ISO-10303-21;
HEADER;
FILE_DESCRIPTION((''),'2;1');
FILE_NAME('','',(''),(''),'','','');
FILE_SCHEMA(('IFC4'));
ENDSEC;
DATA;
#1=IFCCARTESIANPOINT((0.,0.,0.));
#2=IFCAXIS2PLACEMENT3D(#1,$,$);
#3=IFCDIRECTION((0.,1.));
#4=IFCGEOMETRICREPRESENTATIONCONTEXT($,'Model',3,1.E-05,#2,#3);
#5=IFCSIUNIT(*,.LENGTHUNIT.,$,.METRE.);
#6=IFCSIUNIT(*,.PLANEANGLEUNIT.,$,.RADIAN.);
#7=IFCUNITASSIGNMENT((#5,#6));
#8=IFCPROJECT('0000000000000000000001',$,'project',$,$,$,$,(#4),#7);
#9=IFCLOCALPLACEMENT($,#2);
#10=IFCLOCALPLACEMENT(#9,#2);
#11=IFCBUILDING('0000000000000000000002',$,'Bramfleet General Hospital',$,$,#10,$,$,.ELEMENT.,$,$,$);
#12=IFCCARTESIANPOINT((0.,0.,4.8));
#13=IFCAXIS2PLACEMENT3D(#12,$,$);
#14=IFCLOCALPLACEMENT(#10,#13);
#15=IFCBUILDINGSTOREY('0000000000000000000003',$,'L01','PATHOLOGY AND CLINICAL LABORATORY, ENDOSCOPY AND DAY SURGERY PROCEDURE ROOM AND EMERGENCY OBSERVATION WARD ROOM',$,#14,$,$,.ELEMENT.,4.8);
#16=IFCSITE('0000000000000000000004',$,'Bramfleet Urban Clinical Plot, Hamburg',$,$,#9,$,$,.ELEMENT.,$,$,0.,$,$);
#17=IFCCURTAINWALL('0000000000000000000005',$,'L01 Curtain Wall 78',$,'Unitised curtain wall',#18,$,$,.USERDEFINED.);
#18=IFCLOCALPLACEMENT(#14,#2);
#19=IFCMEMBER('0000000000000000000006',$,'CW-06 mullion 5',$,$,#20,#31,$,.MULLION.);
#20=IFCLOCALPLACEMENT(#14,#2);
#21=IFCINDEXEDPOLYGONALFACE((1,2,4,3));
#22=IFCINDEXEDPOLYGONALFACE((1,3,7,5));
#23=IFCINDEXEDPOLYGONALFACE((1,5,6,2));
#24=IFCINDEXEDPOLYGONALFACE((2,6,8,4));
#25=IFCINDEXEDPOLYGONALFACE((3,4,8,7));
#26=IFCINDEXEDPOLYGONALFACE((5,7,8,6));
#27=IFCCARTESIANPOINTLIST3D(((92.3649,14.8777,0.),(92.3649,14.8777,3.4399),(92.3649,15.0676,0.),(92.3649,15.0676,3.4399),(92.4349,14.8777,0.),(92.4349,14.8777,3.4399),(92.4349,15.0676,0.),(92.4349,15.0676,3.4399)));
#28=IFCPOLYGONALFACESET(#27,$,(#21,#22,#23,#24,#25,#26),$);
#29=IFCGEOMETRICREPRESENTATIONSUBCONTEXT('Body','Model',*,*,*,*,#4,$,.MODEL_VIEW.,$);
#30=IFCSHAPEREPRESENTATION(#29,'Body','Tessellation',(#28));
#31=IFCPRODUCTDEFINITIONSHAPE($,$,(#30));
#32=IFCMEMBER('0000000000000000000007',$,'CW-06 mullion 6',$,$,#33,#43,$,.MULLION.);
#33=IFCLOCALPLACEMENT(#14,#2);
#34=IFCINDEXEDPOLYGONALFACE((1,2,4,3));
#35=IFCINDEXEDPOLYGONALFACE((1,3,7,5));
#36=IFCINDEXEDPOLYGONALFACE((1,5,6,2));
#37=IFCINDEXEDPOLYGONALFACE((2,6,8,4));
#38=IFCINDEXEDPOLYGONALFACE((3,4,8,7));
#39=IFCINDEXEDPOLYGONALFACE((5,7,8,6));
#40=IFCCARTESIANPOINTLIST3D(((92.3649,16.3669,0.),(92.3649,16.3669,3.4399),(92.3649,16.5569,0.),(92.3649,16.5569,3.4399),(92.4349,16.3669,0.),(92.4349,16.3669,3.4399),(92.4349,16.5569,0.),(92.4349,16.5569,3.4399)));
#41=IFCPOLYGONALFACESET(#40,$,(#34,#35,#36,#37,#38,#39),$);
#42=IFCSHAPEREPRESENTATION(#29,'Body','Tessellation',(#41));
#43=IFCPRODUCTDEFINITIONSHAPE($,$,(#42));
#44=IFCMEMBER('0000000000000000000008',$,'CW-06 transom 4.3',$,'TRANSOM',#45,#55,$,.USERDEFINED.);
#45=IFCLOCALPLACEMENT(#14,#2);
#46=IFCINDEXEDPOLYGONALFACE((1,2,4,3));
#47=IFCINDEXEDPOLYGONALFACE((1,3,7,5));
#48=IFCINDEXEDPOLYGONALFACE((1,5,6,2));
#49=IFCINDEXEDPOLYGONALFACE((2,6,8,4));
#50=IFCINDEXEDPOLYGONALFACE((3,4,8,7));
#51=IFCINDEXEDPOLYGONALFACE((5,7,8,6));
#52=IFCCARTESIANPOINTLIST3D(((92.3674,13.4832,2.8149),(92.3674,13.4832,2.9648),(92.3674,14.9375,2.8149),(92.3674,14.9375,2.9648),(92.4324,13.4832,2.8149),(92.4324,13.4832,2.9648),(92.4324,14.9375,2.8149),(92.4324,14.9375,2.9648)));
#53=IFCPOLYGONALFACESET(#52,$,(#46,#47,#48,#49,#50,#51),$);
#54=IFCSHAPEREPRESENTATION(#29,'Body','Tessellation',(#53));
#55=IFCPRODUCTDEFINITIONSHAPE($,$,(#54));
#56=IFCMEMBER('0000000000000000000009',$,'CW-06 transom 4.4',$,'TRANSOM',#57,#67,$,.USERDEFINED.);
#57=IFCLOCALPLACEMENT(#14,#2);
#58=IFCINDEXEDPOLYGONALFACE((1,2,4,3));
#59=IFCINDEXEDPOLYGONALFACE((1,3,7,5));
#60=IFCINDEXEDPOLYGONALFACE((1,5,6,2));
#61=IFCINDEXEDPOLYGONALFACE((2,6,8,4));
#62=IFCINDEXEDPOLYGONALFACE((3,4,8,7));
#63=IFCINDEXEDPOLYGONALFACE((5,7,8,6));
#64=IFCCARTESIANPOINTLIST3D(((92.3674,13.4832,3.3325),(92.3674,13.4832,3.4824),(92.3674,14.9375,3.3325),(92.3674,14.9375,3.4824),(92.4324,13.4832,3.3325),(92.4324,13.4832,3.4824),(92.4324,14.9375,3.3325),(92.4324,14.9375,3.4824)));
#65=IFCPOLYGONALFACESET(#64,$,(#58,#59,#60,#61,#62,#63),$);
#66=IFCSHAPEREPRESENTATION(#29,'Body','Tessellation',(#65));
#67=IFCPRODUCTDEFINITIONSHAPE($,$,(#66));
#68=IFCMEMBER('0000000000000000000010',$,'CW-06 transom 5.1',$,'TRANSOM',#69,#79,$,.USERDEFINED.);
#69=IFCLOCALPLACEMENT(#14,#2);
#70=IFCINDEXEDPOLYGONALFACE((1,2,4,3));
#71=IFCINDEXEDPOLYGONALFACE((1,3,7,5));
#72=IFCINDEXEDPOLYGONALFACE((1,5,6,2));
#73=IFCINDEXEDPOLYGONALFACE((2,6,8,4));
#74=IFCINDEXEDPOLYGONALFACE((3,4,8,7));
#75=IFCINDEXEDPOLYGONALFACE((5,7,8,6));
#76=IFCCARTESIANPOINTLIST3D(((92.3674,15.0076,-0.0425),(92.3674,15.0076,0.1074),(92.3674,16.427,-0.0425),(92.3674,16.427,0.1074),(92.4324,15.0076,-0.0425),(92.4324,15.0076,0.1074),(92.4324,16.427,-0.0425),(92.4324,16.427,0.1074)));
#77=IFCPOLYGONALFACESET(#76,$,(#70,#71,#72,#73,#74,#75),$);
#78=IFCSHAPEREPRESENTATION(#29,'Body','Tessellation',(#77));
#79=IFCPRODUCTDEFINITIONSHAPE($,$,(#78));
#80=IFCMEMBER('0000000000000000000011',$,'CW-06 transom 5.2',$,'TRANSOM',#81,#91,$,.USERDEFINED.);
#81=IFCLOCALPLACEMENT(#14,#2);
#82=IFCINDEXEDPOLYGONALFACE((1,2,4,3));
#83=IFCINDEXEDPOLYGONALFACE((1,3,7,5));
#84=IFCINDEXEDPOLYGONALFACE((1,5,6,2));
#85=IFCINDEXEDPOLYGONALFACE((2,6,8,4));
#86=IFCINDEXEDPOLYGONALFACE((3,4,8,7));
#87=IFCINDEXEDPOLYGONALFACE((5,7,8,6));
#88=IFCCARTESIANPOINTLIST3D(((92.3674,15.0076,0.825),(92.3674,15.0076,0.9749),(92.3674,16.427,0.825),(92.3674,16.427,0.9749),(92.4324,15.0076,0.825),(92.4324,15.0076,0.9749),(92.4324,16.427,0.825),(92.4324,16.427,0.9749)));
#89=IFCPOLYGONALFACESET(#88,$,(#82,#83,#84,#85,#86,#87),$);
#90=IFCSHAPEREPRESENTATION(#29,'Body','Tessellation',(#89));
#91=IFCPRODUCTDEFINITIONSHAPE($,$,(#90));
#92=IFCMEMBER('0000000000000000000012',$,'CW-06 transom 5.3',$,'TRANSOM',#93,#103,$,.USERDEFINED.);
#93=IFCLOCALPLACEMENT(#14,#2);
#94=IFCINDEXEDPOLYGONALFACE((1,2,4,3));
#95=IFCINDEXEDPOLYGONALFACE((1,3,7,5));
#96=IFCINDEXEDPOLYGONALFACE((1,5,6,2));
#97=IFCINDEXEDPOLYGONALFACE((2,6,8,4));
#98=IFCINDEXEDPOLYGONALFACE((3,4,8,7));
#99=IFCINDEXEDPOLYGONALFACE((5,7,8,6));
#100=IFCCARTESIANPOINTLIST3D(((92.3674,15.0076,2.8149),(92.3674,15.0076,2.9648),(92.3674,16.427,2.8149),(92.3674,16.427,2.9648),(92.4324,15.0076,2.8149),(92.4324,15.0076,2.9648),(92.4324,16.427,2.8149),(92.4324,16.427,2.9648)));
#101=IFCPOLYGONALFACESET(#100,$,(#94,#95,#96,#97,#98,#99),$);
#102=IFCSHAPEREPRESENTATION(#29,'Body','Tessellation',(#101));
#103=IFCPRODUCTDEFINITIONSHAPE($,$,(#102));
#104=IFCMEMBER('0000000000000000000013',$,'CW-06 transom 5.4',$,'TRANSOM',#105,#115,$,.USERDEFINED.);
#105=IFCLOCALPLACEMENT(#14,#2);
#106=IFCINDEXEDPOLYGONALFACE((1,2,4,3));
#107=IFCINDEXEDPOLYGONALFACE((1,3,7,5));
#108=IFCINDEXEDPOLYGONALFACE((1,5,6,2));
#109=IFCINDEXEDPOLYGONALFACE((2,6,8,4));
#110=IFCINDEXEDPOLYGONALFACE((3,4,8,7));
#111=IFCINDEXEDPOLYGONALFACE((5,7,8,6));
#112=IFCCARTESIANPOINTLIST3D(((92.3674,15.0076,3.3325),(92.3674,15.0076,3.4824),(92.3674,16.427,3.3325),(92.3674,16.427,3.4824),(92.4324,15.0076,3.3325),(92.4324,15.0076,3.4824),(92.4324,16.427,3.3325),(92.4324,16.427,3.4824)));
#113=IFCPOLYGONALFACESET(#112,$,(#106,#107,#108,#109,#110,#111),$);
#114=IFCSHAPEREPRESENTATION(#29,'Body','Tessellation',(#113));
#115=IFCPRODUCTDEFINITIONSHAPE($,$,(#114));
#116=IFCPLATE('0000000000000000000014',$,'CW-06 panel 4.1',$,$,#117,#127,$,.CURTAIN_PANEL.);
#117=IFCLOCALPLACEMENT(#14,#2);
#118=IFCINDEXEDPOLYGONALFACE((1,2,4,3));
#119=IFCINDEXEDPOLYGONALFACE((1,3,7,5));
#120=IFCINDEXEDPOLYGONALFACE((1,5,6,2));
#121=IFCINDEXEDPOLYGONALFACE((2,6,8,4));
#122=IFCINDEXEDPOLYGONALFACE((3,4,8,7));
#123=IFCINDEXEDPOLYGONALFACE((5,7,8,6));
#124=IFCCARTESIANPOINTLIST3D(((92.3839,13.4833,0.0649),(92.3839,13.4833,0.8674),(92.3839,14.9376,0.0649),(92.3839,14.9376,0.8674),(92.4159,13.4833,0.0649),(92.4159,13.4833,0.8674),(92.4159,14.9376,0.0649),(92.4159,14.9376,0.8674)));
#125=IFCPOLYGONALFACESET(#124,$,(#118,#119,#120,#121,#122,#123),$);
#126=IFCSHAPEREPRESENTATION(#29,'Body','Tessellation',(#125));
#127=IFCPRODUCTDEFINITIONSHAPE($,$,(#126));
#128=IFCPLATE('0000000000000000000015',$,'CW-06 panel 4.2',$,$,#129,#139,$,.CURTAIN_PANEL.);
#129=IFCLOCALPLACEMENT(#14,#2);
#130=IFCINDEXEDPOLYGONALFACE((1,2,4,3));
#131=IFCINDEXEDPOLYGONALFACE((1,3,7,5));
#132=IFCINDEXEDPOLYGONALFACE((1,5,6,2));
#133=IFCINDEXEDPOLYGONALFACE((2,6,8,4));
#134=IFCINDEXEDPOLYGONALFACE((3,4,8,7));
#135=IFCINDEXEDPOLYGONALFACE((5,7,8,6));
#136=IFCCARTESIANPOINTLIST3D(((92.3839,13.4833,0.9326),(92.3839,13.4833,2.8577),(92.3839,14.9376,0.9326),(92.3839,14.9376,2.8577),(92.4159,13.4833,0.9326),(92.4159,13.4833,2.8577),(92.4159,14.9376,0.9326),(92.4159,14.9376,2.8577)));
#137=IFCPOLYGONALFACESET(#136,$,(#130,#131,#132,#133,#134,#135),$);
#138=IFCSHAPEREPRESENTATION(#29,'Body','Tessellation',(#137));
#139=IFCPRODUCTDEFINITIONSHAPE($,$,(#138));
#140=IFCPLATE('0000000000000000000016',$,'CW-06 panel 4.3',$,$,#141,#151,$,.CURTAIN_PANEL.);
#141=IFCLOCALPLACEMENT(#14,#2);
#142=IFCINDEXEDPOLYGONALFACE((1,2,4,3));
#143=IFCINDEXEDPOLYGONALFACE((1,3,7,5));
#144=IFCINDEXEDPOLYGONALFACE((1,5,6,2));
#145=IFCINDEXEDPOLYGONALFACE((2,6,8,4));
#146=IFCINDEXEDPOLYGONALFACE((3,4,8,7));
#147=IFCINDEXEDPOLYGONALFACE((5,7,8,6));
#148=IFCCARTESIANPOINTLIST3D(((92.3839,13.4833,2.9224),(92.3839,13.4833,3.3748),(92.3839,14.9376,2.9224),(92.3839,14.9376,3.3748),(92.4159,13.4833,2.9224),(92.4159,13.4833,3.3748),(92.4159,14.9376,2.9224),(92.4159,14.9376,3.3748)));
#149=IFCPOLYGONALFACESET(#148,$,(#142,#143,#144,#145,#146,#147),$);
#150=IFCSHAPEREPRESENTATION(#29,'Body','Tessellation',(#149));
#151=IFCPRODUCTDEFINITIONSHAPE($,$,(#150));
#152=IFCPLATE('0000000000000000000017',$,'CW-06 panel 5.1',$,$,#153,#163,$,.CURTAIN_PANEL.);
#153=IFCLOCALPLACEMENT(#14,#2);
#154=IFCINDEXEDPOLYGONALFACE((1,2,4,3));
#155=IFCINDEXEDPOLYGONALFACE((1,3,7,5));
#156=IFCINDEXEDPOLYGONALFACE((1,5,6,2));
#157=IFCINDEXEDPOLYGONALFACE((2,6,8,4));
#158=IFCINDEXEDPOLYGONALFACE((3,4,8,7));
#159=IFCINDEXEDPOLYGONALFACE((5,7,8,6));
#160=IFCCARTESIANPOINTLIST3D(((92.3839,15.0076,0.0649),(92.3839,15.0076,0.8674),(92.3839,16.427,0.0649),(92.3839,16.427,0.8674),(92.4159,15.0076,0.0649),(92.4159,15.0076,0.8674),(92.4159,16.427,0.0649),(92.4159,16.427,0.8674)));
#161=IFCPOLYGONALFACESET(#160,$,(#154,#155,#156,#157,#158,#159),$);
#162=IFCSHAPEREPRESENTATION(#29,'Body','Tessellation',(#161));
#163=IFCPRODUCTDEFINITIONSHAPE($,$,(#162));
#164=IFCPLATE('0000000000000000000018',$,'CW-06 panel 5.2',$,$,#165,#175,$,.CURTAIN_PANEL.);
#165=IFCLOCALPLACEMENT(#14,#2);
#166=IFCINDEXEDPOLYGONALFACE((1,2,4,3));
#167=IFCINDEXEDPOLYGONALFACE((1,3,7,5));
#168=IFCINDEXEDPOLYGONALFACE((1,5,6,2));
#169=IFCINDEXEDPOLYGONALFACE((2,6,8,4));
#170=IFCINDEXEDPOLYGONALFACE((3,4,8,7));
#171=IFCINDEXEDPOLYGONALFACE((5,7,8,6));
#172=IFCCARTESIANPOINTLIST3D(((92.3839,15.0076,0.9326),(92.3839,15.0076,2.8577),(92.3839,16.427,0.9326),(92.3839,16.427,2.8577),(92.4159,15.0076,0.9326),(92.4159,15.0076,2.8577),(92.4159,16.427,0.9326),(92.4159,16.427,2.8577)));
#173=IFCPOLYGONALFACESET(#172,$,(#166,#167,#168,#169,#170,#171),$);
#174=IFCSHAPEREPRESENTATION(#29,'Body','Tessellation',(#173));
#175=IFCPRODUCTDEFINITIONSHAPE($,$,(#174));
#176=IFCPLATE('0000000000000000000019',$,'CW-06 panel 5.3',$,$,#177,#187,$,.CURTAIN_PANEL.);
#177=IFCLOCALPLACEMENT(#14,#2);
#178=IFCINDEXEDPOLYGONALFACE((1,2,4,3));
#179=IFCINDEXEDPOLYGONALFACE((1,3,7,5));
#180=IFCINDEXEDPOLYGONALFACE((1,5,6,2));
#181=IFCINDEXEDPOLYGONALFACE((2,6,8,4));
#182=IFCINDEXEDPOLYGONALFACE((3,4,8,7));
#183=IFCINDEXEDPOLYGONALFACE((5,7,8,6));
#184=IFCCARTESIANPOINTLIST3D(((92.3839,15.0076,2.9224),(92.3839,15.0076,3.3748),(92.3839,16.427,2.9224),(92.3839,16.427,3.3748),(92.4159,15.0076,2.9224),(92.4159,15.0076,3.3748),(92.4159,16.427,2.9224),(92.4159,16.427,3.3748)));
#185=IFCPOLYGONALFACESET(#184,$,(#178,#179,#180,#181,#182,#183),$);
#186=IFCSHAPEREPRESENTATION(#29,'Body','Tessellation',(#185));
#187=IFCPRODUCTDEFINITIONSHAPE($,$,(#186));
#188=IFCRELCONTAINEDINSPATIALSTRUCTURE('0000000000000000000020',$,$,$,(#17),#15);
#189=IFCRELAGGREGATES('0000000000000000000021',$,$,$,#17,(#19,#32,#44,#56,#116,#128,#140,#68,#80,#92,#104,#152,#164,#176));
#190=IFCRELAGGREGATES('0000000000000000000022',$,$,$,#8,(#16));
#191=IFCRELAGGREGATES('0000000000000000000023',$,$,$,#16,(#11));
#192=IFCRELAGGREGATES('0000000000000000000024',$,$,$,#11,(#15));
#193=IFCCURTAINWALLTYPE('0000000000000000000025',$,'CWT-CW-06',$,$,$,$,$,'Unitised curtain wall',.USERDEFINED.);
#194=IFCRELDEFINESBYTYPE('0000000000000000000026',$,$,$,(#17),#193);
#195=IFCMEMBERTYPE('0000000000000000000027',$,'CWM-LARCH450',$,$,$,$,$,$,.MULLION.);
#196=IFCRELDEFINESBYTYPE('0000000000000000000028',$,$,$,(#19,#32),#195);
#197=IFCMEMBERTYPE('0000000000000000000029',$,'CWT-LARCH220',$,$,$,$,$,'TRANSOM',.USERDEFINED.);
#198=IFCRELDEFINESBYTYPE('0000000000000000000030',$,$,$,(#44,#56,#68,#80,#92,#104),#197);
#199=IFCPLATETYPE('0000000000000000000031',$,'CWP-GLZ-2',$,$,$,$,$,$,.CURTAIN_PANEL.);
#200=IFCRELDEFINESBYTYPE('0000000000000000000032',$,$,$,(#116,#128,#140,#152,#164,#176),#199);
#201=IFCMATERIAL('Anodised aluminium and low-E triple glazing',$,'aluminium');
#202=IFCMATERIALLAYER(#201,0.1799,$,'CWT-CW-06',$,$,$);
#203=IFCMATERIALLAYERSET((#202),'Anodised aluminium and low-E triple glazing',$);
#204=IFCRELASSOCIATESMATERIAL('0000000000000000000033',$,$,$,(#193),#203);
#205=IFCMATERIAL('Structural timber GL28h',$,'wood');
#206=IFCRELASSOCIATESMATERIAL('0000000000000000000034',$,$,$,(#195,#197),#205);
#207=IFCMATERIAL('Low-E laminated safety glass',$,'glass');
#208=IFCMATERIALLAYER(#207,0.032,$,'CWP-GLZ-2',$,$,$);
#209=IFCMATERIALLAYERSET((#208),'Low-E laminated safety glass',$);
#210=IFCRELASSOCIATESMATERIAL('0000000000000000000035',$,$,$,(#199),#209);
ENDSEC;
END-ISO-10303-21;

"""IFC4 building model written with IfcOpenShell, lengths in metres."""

from ifc_helpers import new_model, si_unit, direction, frame, origin, origin_2d, place, context, subcontext, project, spatial, rectangle, extrude, material, layer, layer_set, material_profile, profile_set, type_object, element, aggregate, save


model = new_model("IFC4")

# Units and contexts
model_context = context("Model", 3, precision=1e-05, world=origin(), true_north=direction((0.0, 1.0)))
body_context = subcontext(model_context, "Body", "Model", "MODEL_VIEW")
ifc_project = project(units=[si_unit("LENGTHUNIT", "METRE"), si_unit("PLANEANGLEUNIT", "RADIAN")], contexts=[model_context])

# Site, building, storey
site_placement = place(None, origin())
site = spatial("IfcSite", under=ifc_project, at=site_placement, Name="Bramfleet Urban Clinical Plot, Hamburg", CompositionType="ELEMENT", RefElevation=0.0)
building_placement = place(site_placement, origin())
building = spatial("IfcBuilding", under=site, at=building_placement, Name="Bramfleet General Hospital", CompositionType="ELEMENT")
storey_placement = place(building_placement, frame((0.0, 0.0, 4.8)))
storey = spatial("IfcBuildingStorey", under=building, at=storey_placement, Name="L01", Description="PATHOLOGY AND CLINICAL LABORATORY, ENDOSCOPY AND DAY SURGERY PROCEDURE ROOM AND EMERGENCY OBSERVATION WARD ROOM", CompositionType="ELEMENT", Elevation=4.8)

# Curtain wall, members, plates
ifc_material_1 = material(Name="Anodised aluminium and low-E triple glazing", Category="aluminium")
ifc_layer_1 = layer(ifc_material_1, 0.1799, Name="CWT-CW-06")
ifc_layer_set_1 = layer_set([ifc_layer_1], Name="Anodised aluminium and low-E triple glazing")
curtain_wall_type = type_object("IfcCurtainWallType", Name="CWT-CW-06", ElementType="Unitised curtain wall", PredefinedType="USERDEFINED", material=ifc_layer_set_1)
curtain_wall_placement = place(storey_placement, origin())
curtain_wall = element("IfcCurtainWall", 1, at=curtain_wall_placement, inside=storey, type_object=curtain_wall_type, Name="L01 Curtain Wall 78", ObjectType="Unitised curtain wall", PredefinedType="USERDEFINED")
ifc_material_2 = material(Name="Structural timber GL28h", Category="wood")
ifc_material_profile_1 = material_profile(ifc_material_2, rectangle(XDim=0.0701, YDim=0.1899, at=origin_2d()), Name="LARCH 190x70")
ifc_profile_set_1 = profile_set([ifc_material_profile_1], Name="Structural timber GL28h")
member_type_1 = type_object("IfcMemberType", Name="CWM-LARCH450", PredefinedType="MULLION", material=ifc_profile_set_1)
member_1_placement = place(storey_placement, frame((92.3999, 14.9727, 0.0), z_axis=(0.0, 0.0, 1.0), x_axis=(-1.0, 0.0, 0.0)))
member_1 = element("IfcMember", 2, at=member_1_placement, type_object=member_type_1, Name="CW-06 mullion 5", PredefinedType="MULLION", context=body_context, shape_type="SweptSolid", body=[
    extrude(rectangle(XDim=0.0701, YDim=0.1899, at=origin_2d()), origin(), (0.0, 0.0, 1.0), 3.4399),
])
member_2_placement = place(storey_placement, frame((92.3999, 16.4619, 0.0), z_axis=(0.0, 0.0, 1.0), x_axis=(-1.0, 0.0, 0.0)))
member_2 = element("IfcMember", 3, at=member_2_placement, type_object=member_type_1, Name="CW-06 mullion 6", PredefinedType="MULLION", context=body_context, shape_type="SweptSolid", body=[
    extrude(rectangle(XDim=0.0701, YDim=0.1899, at=origin_2d()), origin(), (0.0, 0.0, 1.0), 3.4399),
])
ifc_material_profile_2 = material_profile(ifc_material_2, rectangle(XDim=0.0649, YDim=0.1499, at=origin_2d()), Name="LARCH 150x65")
ifc_profile_set_2 = profile_set([ifc_material_profile_2], Name="Structural timber GL28h")
member_type_2 = type_object("IfcMemberType", Name="CWT-LARCH220", ElementType="TRANSOM", PredefinedType="USERDEFINED", material=ifc_profile_set_2)
member_3_placement = place(storey_placement, frame((92.3999, 13.4832, 2.8899), z_axis=(0.0, 1.0, 0.0), x_axis=(-1.0, 0.0, 0.0)))
member_3 = element("IfcMember", 4, at=member_3_placement, type_object=member_type_2, Name="CW-06 transom 4.3", ObjectType="TRANSOM", PredefinedType="USERDEFINED", context=body_context, shape_type="SweptSolid", body=[
    extrude(rectangle(XDim=0.0649, YDim=0.1499, at=origin_2d()), origin(), (0.0, 0.0, 1.0), 1.4543),
])
member_4_placement = place(storey_placement, frame((92.3999, 13.4832, 3.4075), z_axis=(0.0, 1.0, 0.0), x_axis=(-1.0, 0.0, 0.0)))
member_4 = element("IfcMember", 5, at=member_4_placement, type_object=member_type_2, Name="CW-06 transom 4.4", ObjectType="TRANSOM", PredefinedType="USERDEFINED", context=body_context, shape_type="SweptSolid", body=[
    extrude(rectangle(XDim=0.0649, YDim=0.1499, at=origin_2d()), origin(), (0.0, 0.0, 1.0), 1.4543),
])
member_5_placement = place(storey_placement, frame((92.3999, 15.0076, 0.0325), z_axis=(0.0, 1.0, 0.0), x_axis=(-1.0, 0.0, 0.0)))
member_5 = element("IfcMember", 6, at=member_5_placement, type_object=member_type_2, Name="CW-06 transom 5.1", ObjectType="TRANSOM", PredefinedType="USERDEFINED", context=body_context, shape_type="SweptSolid", body=[
    extrude(rectangle(XDim=0.0649, YDim=0.1499, at=origin_2d()), origin(), (0.0, 0.0, 1.0), 1.4194),
])
member_6_placement = place(storey_placement, frame((92.3999, 15.0076, 0.8999), z_axis=(0.0, 1.0, 0.0), x_axis=(-1.0, 0.0, 0.0)))
member_6 = element("IfcMember", 7, at=member_6_placement, type_object=member_type_2, Name="CW-06 transom 5.2", ObjectType="TRANSOM", PredefinedType="USERDEFINED", context=body_context, shape_type="SweptSolid", body=[
    extrude(rectangle(XDim=0.0649, YDim=0.1499, at=origin_2d()), origin(), (0.0, 0.0, 1.0), 1.4194),
])
member_7_placement = place(storey_placement, frame((92.3999, 15.0076, 2.8899), z_axis=(0.0, 1.0, 0.0), x_axis=(-1.0, 0.0, 0.0)))
member_7 = element("IfcMember", 8, at=member_7_placement, type_object=member_type_2, Name="CW-06 transom 5.3", ObjectType="TRANSOM", PredefinedType="USERDEFINED", context=body_context, shape_type="SweptSolid", body=[
    extrude(rectangle(XDim=0.0649, YDim=0.1499, at=origin_2d()), origin(), (0.0, 0.0, 1.0), 1.4194),
])
member_8_placement = place(storey_placement, frame((92.3999, 15.0076, 3.4075), z_axis=(0.0, 1.0, 0.0), x_axis=(-1.0, 0.0, 0.0)))
member_8 = element("IfcMember", 9, at=member_8_placement, type_object=member_type_2, Name="CW-06 transom 5.4", ObjectType="TRANSOM", PredefinedType="USERDEFINED", context=body_context, shape_type="SweptSolid", body=[
    extrude(rectangle(XDim=0.0649, YDim=0.1499, at=origin_2d()), origin(), (0.0, 0.0, 1.0), 1.4194),
])
ifc_material_3 = material(Name="Low-E laminated safety glass", Category="glass")
ifc_layer_2 = layer(ifc_material_3, 0.032, Name="CWP-GLZ-2")
ifc_layer_set_2 = layer_set([ifc_layer_2], Name="Low-E laminated safety glass")
plate_type = type_object("IfcPlateType", Name="CWP-GLZ-2", PredefinedType="CURTAIN_PANEL", material=ifc_layer_set_2)
plate_1_placement = place(storey_placement, frame((92.3999, 14.2104, 0.0649), z_axis=(0.0, 0.0, 1.0), x_axis=(0.0, 1.0, 0.0)))
plate_1 = element("IfcPlate", 10, at=plate_1_placement, type_object=plate_type, Name="CW-06 panel 4.1", PredefinedType="CURTAIN_PANEL", context=body_context, shape_type="SweptSolid", body=[
    extrude(rectangle(XDim=1.4543, YDim=0.032, at=origin_2d()), origin(), (0.0, 0.0, 1.0), 0.8025),
])
plate_2_placement = place(storey_placement, frame((92.3999, 14.2104, 0.9326), z_axis=(0.0, 0.0, 1.0), x_axis=(0.0, 1.0, 0.0)))
plate_2 = element("IfcPlate", 11, at=plate_2_placement, type_object=plate_type, Name="CW-06 panel 4.2", PredefinedType="CURTAIN_PANEL", context=body_context, shape_type="SweptSolid", body=[
    extrude(rectangle(XDim=1.4543, YDim=0.032, at=origin_2d()), origin(), (0.0, 0.0, 1.0), 1.925),
])
plate_3_placement = place(storey_placement, frame((92.3999, 14.2104, 2.9224), z_axis=(0.0, 0.0, 1.0), x_axis=(0.0, 1.0, 0.0)))
plate_3 = element("IfcPlate", 12, at=plate_3_placement, type_object=plate_type, Name="CW-06 panel 4.3", PredefinedType="CURTAIN_PANEL", context=body_context, shape_type="SweptSolid", body=[
    extrude(rectangle(XDim=1.4543, YDim=0.032, at=origin_2d()), origin(), (0.0, 0.0, 1.0), 0.4524),
])
plate_4_placement = place(storey_placement, frame((92.3999, 15.7173, 0.0649), z_axis=(0.0, 0.0, 1.0), x_axis=(0.0, 1.0, 0.0)))
plate_4 = element("IfcPlate", 13, at=plate_4_placement, type_object=plate_type, Name="CW-06 panel 5.1", PredefinedType="CURTAIN_PANEL", context=body_context, shape_type="SweptSolid", body=[
    extrude(rectangle(XDim=1.4194, YDim=0.032, at=origin_2d()), origin(), (0.0, 0.0, 1.0), 0.8025),
])
plate_5_placement = place(storey_placement, frame((92.3999, 15.7173, 0.9326), z_axis=(0.0, 0.0, 1.0), x_axis=(0.0, 1.0, 0.0)))
plate_5 = element("IfcPlate", 14, at=plate_5_placement, type_object=plate_type, Name="CW-06 panel 5.2", PredefinedType="CURTAIN_PANEL", context=body_context, shape_type="SweptSolid", body=[
    extrude(rectangle(XDim=1.4194, YDim=0.032, at=origin_2d()), origin(), (0.0, 0.0, 1.0), 1.925),
])
plate_6_placement = place(storey_placement, frame((92.3999, 15.7173, 2.9224), z_axis=(0.0, 0.0, 1.0), x_axis=(0.0, 1.0, 0.0)))
plate_6 = element("IfcPlate", 15, at=plate_6_placement, type_object=plate_type, Name="CW-06 panel 5.3", PredefinedType="CURTAIN_PANEL", context=body_context, shape_type="SweptSolid", body=[
    extrude(rectangle(XDim=1.4194, YDim=0.032, at=origin_2d()), origin(), (0.0, 0.0, 1.0), 0.4524),
])
aggregate(curtain_wall, [member_1, member_2, member_3, member_4, plate_1, plate_2, plate_3, member_5, member_6, member_7, member_8, plate_4, plate_5, plate_6])

save(model, "model.ifc")
